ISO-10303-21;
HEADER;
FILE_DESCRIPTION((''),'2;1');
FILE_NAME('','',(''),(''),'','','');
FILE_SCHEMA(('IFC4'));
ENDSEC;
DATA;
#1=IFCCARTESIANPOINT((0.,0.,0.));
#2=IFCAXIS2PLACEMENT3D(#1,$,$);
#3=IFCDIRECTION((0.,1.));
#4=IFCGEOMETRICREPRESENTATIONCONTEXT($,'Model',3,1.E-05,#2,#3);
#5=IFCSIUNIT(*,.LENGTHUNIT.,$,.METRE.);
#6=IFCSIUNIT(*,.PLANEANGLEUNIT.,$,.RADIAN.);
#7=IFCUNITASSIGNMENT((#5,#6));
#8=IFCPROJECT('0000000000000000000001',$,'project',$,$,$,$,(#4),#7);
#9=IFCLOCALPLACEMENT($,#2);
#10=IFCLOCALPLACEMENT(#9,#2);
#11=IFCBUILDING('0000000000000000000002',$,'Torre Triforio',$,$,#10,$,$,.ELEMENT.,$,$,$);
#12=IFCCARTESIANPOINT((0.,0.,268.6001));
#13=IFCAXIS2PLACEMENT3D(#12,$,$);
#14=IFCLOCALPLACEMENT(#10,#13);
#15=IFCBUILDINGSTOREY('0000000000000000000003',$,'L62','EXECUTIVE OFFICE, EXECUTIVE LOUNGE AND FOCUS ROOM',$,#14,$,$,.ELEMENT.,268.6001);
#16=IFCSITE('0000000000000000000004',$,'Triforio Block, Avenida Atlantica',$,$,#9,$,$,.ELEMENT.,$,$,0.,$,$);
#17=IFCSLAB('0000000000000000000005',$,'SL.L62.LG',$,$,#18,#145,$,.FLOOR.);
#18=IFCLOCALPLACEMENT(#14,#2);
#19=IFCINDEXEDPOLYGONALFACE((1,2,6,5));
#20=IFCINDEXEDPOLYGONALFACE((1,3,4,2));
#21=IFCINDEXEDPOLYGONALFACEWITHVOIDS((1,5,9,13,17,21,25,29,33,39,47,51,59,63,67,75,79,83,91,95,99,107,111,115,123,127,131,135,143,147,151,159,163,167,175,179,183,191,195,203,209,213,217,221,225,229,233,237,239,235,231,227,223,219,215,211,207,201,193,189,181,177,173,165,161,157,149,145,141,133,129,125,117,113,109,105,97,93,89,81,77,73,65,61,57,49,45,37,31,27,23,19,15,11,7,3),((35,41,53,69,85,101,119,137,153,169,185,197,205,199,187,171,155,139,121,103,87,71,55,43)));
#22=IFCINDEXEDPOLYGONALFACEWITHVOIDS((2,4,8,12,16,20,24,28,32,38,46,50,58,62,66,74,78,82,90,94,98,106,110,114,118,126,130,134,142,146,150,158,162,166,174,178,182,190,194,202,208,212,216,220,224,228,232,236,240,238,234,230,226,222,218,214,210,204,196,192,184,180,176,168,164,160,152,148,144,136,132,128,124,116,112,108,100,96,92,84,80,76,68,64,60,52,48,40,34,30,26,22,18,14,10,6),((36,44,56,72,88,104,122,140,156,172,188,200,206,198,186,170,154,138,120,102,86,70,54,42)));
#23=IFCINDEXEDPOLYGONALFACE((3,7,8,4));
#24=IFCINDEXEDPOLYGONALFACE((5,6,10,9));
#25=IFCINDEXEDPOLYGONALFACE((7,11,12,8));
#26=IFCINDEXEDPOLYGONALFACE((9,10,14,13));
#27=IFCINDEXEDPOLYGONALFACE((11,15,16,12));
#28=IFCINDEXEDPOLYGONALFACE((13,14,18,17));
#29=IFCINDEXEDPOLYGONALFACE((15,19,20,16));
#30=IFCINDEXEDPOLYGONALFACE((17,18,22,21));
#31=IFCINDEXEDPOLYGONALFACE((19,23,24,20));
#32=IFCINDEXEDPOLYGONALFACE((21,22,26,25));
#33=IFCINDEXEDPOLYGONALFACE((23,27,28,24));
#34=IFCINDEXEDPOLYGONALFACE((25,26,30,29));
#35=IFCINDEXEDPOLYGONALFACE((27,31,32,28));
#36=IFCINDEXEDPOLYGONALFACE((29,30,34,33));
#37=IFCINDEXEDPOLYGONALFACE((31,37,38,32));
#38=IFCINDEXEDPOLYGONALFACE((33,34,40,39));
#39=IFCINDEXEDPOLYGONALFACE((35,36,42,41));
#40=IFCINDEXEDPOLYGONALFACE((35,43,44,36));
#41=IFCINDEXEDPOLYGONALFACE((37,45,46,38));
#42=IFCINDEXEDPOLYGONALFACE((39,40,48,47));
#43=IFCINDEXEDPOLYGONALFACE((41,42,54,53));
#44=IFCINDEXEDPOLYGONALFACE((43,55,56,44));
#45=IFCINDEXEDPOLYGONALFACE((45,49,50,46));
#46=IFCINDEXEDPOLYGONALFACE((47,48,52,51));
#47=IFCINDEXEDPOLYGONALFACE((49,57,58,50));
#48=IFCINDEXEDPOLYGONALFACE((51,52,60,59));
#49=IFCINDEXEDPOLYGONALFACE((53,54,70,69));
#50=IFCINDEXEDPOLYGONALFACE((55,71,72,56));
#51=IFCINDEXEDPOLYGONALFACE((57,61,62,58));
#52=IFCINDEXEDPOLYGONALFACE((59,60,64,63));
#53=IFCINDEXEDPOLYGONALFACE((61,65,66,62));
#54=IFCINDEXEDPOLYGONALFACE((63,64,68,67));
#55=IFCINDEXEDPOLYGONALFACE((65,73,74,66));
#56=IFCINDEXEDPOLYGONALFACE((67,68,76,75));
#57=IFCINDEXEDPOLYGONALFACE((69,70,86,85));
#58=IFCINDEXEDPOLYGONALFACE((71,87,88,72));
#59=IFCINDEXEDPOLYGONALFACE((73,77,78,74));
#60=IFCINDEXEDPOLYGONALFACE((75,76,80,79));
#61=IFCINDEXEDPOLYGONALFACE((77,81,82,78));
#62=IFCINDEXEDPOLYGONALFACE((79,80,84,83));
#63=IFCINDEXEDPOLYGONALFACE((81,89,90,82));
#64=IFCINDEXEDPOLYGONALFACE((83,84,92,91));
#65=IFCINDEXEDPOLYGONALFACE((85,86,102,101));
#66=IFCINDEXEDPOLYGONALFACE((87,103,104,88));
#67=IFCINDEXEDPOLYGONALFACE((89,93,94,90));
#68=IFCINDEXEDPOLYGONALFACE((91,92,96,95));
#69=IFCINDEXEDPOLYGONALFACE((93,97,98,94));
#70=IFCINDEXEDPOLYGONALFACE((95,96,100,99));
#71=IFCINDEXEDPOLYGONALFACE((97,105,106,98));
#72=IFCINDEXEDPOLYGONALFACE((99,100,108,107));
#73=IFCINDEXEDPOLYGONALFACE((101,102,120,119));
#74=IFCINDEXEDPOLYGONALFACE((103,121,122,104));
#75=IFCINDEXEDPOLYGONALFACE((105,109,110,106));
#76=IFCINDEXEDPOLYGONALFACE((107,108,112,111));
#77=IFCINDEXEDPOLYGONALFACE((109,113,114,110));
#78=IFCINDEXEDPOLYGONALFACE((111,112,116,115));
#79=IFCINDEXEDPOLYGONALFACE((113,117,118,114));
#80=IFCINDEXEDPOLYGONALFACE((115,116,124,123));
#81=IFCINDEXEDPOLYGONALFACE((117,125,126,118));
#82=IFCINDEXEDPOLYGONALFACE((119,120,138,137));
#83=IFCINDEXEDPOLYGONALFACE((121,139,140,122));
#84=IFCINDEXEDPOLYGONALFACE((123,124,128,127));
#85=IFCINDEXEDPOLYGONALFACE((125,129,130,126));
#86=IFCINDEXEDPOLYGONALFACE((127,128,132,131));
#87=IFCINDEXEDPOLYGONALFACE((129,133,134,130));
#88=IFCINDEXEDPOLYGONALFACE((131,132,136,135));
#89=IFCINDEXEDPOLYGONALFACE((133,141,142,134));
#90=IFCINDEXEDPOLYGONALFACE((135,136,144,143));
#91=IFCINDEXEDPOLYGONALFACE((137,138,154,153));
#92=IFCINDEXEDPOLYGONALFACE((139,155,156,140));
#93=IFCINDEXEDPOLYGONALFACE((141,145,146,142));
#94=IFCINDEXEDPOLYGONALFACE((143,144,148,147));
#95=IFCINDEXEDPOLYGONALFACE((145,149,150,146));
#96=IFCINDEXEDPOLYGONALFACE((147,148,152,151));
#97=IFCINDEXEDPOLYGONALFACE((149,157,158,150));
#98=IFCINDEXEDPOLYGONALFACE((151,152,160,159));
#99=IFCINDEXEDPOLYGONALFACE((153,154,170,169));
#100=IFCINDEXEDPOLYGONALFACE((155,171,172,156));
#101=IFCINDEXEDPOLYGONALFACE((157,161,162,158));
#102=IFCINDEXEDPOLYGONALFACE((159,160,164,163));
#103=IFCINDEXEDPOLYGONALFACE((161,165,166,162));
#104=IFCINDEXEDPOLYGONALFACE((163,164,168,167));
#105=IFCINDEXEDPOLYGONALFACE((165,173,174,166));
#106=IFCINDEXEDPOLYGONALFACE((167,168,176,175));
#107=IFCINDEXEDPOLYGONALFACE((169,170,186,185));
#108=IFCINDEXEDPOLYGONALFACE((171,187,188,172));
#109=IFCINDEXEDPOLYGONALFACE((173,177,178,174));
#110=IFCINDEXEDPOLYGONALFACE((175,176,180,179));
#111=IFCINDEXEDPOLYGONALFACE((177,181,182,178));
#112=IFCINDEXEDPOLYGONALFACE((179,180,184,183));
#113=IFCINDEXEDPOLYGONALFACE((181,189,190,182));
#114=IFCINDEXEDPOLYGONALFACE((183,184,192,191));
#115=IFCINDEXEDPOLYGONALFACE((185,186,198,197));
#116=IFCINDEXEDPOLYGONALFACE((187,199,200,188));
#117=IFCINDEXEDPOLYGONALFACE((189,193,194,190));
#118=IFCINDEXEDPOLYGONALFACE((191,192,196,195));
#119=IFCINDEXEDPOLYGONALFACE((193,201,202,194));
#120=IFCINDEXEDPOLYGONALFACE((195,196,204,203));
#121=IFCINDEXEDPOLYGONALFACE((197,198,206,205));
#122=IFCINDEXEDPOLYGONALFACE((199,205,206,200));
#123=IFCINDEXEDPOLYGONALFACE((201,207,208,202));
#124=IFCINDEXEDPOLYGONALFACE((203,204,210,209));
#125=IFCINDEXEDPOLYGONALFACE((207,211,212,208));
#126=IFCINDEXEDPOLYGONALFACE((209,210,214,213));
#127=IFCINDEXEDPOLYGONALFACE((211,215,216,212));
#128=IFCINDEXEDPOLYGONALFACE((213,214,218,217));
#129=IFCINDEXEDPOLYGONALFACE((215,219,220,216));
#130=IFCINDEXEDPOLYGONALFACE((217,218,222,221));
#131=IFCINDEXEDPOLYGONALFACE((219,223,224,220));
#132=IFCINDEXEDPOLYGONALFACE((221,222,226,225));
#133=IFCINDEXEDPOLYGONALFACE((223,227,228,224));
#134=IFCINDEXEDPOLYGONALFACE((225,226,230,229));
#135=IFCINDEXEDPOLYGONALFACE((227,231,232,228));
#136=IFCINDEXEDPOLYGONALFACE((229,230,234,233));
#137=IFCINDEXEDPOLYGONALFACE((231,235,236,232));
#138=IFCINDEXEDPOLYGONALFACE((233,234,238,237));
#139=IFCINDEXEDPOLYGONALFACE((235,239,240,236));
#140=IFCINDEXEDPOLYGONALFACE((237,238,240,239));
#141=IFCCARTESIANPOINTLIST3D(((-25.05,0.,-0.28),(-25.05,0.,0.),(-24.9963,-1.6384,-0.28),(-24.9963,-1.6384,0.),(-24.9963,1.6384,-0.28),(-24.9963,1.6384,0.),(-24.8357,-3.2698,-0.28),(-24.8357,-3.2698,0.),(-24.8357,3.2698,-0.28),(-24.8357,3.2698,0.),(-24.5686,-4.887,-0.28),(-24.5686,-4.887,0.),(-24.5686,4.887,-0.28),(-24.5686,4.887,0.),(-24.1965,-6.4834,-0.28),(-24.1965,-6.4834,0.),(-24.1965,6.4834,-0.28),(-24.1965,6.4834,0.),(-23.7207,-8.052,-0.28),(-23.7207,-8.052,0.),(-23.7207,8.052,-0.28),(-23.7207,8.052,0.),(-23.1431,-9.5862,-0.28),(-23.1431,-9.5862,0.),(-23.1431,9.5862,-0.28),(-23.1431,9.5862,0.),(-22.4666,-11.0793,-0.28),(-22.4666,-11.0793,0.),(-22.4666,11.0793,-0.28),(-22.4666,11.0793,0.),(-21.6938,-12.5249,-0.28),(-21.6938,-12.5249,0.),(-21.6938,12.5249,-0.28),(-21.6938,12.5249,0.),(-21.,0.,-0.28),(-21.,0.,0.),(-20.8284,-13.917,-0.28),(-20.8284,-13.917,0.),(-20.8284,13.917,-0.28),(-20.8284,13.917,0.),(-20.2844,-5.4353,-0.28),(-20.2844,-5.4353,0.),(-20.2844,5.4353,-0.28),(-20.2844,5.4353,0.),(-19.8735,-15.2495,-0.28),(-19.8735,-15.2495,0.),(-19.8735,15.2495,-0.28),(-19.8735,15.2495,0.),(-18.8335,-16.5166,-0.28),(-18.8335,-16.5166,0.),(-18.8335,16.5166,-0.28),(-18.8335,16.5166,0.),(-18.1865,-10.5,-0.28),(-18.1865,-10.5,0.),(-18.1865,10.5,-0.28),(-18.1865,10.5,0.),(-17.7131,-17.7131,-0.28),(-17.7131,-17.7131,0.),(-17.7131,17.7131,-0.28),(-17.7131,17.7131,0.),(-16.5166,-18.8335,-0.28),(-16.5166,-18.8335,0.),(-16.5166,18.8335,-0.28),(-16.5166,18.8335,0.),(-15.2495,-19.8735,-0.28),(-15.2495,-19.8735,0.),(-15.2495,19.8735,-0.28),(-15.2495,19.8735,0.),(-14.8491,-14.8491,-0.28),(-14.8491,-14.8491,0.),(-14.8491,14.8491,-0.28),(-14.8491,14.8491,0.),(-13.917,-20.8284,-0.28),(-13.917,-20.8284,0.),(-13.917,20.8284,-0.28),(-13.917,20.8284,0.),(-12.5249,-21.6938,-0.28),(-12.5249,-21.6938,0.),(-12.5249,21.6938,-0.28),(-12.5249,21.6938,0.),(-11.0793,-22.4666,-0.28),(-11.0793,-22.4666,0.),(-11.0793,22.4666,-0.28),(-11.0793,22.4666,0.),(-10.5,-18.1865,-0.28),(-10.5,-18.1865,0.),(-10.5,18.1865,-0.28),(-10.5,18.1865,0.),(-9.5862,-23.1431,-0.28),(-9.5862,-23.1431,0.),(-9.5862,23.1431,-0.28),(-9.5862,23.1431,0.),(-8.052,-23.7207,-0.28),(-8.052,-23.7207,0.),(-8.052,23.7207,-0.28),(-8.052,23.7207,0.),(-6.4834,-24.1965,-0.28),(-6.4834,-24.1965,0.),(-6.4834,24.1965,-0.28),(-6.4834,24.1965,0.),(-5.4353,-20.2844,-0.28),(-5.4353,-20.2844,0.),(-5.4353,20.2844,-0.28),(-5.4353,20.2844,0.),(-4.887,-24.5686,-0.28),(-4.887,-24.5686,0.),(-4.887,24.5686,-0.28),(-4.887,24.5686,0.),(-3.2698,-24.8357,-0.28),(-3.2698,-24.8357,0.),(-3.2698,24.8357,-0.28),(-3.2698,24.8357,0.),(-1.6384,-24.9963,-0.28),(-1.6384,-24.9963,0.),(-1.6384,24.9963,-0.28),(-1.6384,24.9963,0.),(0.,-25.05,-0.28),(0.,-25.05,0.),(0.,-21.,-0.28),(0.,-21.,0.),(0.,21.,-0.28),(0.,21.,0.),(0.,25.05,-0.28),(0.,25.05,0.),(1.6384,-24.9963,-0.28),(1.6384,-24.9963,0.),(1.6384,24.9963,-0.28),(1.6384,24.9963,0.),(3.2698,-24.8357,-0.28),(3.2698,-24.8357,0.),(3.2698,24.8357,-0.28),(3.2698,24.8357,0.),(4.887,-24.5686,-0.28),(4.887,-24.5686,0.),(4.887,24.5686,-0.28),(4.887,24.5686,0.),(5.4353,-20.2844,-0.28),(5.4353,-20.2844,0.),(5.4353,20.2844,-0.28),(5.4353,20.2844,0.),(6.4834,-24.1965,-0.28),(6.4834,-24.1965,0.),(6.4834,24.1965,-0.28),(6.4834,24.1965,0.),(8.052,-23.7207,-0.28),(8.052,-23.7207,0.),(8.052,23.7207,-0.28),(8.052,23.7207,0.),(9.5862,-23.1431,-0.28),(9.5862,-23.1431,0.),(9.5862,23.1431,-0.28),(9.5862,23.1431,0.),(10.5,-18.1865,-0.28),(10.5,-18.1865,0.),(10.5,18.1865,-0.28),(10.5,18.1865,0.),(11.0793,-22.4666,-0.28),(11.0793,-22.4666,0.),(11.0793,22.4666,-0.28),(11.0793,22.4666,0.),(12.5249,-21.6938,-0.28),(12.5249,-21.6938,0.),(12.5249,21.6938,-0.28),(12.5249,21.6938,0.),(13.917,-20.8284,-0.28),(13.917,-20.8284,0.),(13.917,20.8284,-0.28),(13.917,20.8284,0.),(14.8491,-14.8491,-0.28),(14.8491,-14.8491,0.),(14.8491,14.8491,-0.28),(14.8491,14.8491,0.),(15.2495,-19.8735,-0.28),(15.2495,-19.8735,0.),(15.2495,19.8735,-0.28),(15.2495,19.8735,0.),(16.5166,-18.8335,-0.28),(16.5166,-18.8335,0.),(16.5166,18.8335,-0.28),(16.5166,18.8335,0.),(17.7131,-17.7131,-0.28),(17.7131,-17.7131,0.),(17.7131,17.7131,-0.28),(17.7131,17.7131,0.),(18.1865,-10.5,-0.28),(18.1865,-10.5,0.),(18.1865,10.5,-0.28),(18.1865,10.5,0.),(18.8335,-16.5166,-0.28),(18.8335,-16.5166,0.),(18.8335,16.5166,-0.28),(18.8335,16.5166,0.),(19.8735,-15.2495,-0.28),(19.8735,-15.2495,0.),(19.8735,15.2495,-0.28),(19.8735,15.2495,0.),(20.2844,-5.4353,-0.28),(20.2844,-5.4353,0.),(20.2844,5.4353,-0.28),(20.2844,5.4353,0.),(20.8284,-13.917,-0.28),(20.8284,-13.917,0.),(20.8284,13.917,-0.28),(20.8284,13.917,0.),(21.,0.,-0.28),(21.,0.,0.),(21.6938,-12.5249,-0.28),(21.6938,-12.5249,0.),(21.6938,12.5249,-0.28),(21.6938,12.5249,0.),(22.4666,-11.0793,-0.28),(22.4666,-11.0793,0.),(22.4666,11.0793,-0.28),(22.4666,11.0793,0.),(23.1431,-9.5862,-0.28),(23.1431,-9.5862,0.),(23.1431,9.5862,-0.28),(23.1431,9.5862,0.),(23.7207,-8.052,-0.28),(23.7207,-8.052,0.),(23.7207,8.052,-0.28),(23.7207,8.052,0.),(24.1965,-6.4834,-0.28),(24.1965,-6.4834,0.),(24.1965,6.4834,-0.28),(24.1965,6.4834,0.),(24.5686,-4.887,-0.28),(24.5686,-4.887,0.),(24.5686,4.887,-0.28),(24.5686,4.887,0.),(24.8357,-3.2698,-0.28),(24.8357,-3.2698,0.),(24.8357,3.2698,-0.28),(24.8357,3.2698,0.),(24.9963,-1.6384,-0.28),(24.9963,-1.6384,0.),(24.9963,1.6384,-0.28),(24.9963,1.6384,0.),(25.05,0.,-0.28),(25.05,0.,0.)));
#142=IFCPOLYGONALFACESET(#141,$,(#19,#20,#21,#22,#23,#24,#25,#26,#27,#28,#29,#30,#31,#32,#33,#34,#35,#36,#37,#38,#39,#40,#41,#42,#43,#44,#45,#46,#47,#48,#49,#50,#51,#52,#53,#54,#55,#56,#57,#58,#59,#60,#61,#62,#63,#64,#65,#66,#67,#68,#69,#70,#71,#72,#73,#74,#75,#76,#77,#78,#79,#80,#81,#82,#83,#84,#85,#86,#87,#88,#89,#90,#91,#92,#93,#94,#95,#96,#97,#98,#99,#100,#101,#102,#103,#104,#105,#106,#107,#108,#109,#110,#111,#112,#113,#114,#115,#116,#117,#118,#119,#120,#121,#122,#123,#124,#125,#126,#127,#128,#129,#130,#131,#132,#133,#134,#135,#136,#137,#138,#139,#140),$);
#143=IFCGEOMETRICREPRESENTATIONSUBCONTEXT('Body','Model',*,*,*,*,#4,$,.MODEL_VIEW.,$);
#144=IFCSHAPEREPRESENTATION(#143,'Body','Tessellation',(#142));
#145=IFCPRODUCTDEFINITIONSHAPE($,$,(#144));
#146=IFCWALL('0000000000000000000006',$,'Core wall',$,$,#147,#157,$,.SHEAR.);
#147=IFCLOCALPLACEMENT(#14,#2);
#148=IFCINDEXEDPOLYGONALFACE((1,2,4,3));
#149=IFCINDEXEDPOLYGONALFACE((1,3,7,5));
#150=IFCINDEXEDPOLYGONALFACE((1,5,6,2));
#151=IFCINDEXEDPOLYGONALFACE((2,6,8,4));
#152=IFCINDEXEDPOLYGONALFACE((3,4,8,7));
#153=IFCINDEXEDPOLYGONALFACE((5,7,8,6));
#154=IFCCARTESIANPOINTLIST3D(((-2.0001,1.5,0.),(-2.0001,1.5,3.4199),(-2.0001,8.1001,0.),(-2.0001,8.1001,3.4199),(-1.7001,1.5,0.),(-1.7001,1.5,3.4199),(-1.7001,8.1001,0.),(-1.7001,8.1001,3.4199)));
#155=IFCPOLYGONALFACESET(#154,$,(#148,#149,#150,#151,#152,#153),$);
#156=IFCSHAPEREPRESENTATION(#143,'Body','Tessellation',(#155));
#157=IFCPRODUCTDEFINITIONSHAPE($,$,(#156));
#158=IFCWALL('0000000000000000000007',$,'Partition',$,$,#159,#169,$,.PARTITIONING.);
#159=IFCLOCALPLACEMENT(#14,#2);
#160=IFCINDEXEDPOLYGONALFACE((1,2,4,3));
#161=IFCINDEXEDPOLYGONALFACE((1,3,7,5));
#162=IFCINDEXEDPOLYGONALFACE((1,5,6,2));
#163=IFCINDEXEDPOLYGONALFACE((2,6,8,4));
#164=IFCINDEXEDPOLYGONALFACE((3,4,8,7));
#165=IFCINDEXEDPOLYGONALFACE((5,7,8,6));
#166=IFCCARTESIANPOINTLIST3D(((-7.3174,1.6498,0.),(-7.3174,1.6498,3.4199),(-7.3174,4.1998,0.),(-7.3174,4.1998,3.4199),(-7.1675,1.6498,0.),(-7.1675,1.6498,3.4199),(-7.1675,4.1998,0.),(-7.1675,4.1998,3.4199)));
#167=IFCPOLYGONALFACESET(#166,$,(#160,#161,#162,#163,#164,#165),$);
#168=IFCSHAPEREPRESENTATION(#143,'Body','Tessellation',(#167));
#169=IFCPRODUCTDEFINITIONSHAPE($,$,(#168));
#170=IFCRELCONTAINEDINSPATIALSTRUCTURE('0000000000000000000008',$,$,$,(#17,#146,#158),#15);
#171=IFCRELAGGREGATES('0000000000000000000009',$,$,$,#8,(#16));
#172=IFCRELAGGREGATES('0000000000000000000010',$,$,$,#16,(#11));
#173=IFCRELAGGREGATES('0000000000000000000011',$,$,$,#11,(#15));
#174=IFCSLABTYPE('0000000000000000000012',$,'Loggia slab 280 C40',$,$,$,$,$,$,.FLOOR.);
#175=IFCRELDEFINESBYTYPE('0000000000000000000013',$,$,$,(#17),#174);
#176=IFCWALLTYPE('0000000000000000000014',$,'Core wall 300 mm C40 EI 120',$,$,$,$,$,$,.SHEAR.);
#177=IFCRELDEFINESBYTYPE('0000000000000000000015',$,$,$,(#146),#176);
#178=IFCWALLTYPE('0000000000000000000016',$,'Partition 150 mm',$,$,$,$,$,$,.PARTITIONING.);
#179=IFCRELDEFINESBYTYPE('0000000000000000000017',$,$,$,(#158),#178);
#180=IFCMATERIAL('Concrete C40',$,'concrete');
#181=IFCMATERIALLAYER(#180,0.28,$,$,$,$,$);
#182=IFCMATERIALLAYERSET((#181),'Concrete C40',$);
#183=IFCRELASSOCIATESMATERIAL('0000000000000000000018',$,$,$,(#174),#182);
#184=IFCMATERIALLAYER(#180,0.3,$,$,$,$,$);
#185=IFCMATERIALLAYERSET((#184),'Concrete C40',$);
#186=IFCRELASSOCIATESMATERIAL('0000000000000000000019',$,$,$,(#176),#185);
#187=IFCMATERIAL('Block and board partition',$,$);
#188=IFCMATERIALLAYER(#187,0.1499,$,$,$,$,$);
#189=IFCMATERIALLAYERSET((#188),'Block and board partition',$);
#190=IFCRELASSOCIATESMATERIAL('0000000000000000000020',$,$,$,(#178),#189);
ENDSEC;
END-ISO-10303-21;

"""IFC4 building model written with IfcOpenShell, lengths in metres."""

from ifc_helpers import new_model, si_unit, direction, frame, frame_2d, origin, place, context, subcontext, project, spatial, polyline, rectangle, outline, extrude, material, layer, layer_set, type_object, element, save


model = new_model("IFC4")

# Units and contexts
model_context = context("Model", 3, precision=1e-05, world=origin(), true_north=direction((0.0, 1.0)))
body_context = subcontext(model_context, "Body", "Model", "MODEL_VIEW")
ifc_project = project(units=[si_unit("LENGTHUNIT", "METRE"), si_unit("PLANEANGLEUNIT", "RADIAN")], contexts=[model_context])

# Site, building, storey
site_placement = place(None, origin())
site = spatial("IfcSite", under=ifc_project, at=site_placement, Name="Triforio Block, Avenida Atlantica", CompositionType="ELEMENT", RefElevation=0.0)
building_placement = place(site_placement, origin())
building = spatial("IfcBuilding", under=site, at=building_placement, Name="Torre Triforio", CompositionType="ELEMENT")
storey_placement = place(building_placement, frame((0.0, 0.0, 268.6001)))
storey = spatial("IfcBuildingStorey", under=building, at=storey_placement, Name="L62", Description="EXECUTIVE OFFICE, EXECUTIVE LOUNGE AND FOCUS ROOM", CompositionType="ELEMENT", Elevation=268.6001)

# Shared definitions
ifc_material_1 = material(Name="Concrete C40", Category="concrete")

# Slab
ifc_layer_1 = layer(ifc_material_1, 0.28)
ifc_layer_set_1 = layer_set([ifc_layer_1], Name="Concrete C40")
slab_type_1 = type_object("IfcSlabType", Name="Loggia slab 280 C40", PredefinedType="FLOOR", material=ifc_layer_set_1)
slab_1_placement = place(storey_placement, frame((0.0, 0.0, -0.28)))
element("IfcSlab", 1, at=slab_1_placement, inside=storey, type_object=slab_type_1, Name="SL.L62.LG", PredefinedType="FLOOR", context=body_context, shape_type="SweptSolid", body=[
    extrude(outline(polyline([(24.9963, -1.6384), (25.05, 0.0), (24.9963, 1.6384), (24.8357, 3.2698), (24.5686, 4.887), (24.1965, 6.4834), (23.7207, 8.052), (23.1431, 9.5862), (22.4666, 11.0793), (21.6938, 12.5249), (20.8284, 13.917), (19.8735, 15.2495), (18.8335, 16.5166), (17.7131, 17.7131), (16.5166, 18.8335), (15.2495, 19.8735), (13.917, 20.8284), (12.5249, 21.6938), (11.0793, 22.4666), (9.5862, 23.1431), (8.052, 23.7207), (6.4834, 24.1965), (4.887, 24.5686), (3.2698, 24.8357), (1.6384, 24.9963), (0.0, 25.05), (-1.6384, 24.9963), (-3.2698, 24.8357), (-4.887, 24.5686), (-6.4834, 24.1965), (-8.052, 23.7207), (-9.5862, 23.1431), (-11.0793, 22.4666), (-12.5249, 21.6938), (-13.917, 20.8284), (-15.2495, 19.8735), (-16.5166, 18.8335), (-17.7131, 17.7131), (-18.8335, 16.5166), (-19.8735, 15.2495), (-20.8284, 13.917), (-21.6938, 12.5249), (-22.4666, 11.0793), (-23.1431, 9.5862), (-23.7207, 8.052), (-24.1965, 6.4834), (-24.5686, 4.887), (-24.8357, 3.2698), (-24.9963, 1.6384), (-25.05, 0.0), (-24.9963, -1.6384), (-24.8357, -3.2698), (-24.5686, -4.887), (-24.1965, -6.4834), (-23.7207, -8.052), (-23.1431, -9.5862), (-22.4666, -11.0793), (-21.6938, -12.5249), (-20.8284, -13.917), (-19.8735, -15.2495), (-18.8335, -16.5166), (-17.7131, -17.7131), (-16.5166, -18.8335), (-15.2495, -19.8735), (-13.917, -20.8284), (-12.5249, -21.6938), (-11.0793, -22.4666), (-9.5862, -23.1431), (-8.052, -23.7207), (-6.4834, -24.1965), (-4.887, -24.5686), (-3.2698, -24.8357), (-1.6384, -24.9963), (0.0, -25.05), (1.6384, -24.9963), (3.2698, -24.8357), (4.887, -24.5686), (6.4834, -24.1965), (8.052, -23.7207), (9.5862, -23.1431), (11.0793, -22.4666), (12.5249, -21.6938), (13.917, -20.8284), (15.2495, -19.8735), (16.5166, -18.8335), (17.7131, -17.7131), (18.8335, -16.5166), (19.8735, -15.2495), (20.8284, -13.917), (21.6938, -12.5249), (22.4666, -11.0793), (23.1431, -9.5862), (23.7207, -8.052), (24.1965, -6.4834), (24.5686, -4.887), (24.8357, -3.2698), (24.9963, -1.6384)]), holes=[polyline([(20.2844, 5.4353), (21.0, 0.0), (20.2844, -5.4353), (18.1865, -10.5), (14.8491, -14.8491), (10.5, -18.1865), (5.4353, -20.2844), (0.0, -21.0), (-5.4353, -20.2844), (-10.5, -18.1865), (-14.8491, -14.8491), (-18.1865, -10.5), (-20.2844, -5.4353), (-21.0, 0.0), (-20.2844, 5.4353), (-18.1865, 10.5), (-14.8491, 14.8491), (-10.5, 18.1865), (-5.4353, 20.2844), (0.0, 21.0), (5.4353, 20.2844), (10.5, 18.1865), (14.8491, 14.8491), (18.1865, 10.5), (20.2844, 5.4353)])]), origin(), (0.0, 0.0, 1.0), 0.28),
])

# Walls
ifc_layer_2 = layer(ifc_material_1, 0.3)
ifc_layer_set_2 = layer_set([ifc_layer_2], Name="Concrete C40")
wall_type_1 = type_object("IfcWallType", Name="Core wall 300 mm C40 EI 120", PredefinedType="SHEAR", material=ifc_layer_set_2)
wall_1_placement = place(storey_placement, frame((-1.8501, 1.5, 0.0), z_axis=(0.0, 0.0, 1.0), x_axis=(0.0, 1.0, 0.0)))
element("IfcWall", 2, at=wall_1_placement, inside=storey, type_object=wall_type_1, Name="Core wall", PredefinedType="SHEAR", context=body_context, shape_type="SweptSolid", body=[
    extrude(rectangle(XDim=6.6001, YDim=0.3, at=frame_2d((3.3, 0.0))), origin(), (0.0, 0.0, 1.0), 3.4199),
])
ifc_material_2 = material(Name="Block and board partition")
ifc_layer_3 = layer(ifc_material_2, 0.1499)
ifc_layer_set_3 = layer_set([ifc_layer_3], Name="Block and board partition")
wall_type_2 = type_object("IfcWallType", Name="Partition 150 mm", PredefinedType="PARTITIONING", material=ifc_layer_set_3)
wall_2_placement = place(storey_placement, frame((-7.2424, 1.6499, 0.0), z_axis=(0.0, 0.0, 1.0), x_axis=(0.0, 1.0, 0.0)))
element("IfcWall", 3, at=wall_2_placement, inside=storey, type_object=wall_type_2, Name="Partition", PredefinedType="PARTITIONING", context=body_context, shape_type="SweptSolid", body=[
    extrude(rectangle(XDim=2.55, YDim=0.1499, at=frame_2d((1.2749, 0.0))), origin(), (0.0, 0.0, 1.0), 3.4199),
])

save(model, "model.ifc")
